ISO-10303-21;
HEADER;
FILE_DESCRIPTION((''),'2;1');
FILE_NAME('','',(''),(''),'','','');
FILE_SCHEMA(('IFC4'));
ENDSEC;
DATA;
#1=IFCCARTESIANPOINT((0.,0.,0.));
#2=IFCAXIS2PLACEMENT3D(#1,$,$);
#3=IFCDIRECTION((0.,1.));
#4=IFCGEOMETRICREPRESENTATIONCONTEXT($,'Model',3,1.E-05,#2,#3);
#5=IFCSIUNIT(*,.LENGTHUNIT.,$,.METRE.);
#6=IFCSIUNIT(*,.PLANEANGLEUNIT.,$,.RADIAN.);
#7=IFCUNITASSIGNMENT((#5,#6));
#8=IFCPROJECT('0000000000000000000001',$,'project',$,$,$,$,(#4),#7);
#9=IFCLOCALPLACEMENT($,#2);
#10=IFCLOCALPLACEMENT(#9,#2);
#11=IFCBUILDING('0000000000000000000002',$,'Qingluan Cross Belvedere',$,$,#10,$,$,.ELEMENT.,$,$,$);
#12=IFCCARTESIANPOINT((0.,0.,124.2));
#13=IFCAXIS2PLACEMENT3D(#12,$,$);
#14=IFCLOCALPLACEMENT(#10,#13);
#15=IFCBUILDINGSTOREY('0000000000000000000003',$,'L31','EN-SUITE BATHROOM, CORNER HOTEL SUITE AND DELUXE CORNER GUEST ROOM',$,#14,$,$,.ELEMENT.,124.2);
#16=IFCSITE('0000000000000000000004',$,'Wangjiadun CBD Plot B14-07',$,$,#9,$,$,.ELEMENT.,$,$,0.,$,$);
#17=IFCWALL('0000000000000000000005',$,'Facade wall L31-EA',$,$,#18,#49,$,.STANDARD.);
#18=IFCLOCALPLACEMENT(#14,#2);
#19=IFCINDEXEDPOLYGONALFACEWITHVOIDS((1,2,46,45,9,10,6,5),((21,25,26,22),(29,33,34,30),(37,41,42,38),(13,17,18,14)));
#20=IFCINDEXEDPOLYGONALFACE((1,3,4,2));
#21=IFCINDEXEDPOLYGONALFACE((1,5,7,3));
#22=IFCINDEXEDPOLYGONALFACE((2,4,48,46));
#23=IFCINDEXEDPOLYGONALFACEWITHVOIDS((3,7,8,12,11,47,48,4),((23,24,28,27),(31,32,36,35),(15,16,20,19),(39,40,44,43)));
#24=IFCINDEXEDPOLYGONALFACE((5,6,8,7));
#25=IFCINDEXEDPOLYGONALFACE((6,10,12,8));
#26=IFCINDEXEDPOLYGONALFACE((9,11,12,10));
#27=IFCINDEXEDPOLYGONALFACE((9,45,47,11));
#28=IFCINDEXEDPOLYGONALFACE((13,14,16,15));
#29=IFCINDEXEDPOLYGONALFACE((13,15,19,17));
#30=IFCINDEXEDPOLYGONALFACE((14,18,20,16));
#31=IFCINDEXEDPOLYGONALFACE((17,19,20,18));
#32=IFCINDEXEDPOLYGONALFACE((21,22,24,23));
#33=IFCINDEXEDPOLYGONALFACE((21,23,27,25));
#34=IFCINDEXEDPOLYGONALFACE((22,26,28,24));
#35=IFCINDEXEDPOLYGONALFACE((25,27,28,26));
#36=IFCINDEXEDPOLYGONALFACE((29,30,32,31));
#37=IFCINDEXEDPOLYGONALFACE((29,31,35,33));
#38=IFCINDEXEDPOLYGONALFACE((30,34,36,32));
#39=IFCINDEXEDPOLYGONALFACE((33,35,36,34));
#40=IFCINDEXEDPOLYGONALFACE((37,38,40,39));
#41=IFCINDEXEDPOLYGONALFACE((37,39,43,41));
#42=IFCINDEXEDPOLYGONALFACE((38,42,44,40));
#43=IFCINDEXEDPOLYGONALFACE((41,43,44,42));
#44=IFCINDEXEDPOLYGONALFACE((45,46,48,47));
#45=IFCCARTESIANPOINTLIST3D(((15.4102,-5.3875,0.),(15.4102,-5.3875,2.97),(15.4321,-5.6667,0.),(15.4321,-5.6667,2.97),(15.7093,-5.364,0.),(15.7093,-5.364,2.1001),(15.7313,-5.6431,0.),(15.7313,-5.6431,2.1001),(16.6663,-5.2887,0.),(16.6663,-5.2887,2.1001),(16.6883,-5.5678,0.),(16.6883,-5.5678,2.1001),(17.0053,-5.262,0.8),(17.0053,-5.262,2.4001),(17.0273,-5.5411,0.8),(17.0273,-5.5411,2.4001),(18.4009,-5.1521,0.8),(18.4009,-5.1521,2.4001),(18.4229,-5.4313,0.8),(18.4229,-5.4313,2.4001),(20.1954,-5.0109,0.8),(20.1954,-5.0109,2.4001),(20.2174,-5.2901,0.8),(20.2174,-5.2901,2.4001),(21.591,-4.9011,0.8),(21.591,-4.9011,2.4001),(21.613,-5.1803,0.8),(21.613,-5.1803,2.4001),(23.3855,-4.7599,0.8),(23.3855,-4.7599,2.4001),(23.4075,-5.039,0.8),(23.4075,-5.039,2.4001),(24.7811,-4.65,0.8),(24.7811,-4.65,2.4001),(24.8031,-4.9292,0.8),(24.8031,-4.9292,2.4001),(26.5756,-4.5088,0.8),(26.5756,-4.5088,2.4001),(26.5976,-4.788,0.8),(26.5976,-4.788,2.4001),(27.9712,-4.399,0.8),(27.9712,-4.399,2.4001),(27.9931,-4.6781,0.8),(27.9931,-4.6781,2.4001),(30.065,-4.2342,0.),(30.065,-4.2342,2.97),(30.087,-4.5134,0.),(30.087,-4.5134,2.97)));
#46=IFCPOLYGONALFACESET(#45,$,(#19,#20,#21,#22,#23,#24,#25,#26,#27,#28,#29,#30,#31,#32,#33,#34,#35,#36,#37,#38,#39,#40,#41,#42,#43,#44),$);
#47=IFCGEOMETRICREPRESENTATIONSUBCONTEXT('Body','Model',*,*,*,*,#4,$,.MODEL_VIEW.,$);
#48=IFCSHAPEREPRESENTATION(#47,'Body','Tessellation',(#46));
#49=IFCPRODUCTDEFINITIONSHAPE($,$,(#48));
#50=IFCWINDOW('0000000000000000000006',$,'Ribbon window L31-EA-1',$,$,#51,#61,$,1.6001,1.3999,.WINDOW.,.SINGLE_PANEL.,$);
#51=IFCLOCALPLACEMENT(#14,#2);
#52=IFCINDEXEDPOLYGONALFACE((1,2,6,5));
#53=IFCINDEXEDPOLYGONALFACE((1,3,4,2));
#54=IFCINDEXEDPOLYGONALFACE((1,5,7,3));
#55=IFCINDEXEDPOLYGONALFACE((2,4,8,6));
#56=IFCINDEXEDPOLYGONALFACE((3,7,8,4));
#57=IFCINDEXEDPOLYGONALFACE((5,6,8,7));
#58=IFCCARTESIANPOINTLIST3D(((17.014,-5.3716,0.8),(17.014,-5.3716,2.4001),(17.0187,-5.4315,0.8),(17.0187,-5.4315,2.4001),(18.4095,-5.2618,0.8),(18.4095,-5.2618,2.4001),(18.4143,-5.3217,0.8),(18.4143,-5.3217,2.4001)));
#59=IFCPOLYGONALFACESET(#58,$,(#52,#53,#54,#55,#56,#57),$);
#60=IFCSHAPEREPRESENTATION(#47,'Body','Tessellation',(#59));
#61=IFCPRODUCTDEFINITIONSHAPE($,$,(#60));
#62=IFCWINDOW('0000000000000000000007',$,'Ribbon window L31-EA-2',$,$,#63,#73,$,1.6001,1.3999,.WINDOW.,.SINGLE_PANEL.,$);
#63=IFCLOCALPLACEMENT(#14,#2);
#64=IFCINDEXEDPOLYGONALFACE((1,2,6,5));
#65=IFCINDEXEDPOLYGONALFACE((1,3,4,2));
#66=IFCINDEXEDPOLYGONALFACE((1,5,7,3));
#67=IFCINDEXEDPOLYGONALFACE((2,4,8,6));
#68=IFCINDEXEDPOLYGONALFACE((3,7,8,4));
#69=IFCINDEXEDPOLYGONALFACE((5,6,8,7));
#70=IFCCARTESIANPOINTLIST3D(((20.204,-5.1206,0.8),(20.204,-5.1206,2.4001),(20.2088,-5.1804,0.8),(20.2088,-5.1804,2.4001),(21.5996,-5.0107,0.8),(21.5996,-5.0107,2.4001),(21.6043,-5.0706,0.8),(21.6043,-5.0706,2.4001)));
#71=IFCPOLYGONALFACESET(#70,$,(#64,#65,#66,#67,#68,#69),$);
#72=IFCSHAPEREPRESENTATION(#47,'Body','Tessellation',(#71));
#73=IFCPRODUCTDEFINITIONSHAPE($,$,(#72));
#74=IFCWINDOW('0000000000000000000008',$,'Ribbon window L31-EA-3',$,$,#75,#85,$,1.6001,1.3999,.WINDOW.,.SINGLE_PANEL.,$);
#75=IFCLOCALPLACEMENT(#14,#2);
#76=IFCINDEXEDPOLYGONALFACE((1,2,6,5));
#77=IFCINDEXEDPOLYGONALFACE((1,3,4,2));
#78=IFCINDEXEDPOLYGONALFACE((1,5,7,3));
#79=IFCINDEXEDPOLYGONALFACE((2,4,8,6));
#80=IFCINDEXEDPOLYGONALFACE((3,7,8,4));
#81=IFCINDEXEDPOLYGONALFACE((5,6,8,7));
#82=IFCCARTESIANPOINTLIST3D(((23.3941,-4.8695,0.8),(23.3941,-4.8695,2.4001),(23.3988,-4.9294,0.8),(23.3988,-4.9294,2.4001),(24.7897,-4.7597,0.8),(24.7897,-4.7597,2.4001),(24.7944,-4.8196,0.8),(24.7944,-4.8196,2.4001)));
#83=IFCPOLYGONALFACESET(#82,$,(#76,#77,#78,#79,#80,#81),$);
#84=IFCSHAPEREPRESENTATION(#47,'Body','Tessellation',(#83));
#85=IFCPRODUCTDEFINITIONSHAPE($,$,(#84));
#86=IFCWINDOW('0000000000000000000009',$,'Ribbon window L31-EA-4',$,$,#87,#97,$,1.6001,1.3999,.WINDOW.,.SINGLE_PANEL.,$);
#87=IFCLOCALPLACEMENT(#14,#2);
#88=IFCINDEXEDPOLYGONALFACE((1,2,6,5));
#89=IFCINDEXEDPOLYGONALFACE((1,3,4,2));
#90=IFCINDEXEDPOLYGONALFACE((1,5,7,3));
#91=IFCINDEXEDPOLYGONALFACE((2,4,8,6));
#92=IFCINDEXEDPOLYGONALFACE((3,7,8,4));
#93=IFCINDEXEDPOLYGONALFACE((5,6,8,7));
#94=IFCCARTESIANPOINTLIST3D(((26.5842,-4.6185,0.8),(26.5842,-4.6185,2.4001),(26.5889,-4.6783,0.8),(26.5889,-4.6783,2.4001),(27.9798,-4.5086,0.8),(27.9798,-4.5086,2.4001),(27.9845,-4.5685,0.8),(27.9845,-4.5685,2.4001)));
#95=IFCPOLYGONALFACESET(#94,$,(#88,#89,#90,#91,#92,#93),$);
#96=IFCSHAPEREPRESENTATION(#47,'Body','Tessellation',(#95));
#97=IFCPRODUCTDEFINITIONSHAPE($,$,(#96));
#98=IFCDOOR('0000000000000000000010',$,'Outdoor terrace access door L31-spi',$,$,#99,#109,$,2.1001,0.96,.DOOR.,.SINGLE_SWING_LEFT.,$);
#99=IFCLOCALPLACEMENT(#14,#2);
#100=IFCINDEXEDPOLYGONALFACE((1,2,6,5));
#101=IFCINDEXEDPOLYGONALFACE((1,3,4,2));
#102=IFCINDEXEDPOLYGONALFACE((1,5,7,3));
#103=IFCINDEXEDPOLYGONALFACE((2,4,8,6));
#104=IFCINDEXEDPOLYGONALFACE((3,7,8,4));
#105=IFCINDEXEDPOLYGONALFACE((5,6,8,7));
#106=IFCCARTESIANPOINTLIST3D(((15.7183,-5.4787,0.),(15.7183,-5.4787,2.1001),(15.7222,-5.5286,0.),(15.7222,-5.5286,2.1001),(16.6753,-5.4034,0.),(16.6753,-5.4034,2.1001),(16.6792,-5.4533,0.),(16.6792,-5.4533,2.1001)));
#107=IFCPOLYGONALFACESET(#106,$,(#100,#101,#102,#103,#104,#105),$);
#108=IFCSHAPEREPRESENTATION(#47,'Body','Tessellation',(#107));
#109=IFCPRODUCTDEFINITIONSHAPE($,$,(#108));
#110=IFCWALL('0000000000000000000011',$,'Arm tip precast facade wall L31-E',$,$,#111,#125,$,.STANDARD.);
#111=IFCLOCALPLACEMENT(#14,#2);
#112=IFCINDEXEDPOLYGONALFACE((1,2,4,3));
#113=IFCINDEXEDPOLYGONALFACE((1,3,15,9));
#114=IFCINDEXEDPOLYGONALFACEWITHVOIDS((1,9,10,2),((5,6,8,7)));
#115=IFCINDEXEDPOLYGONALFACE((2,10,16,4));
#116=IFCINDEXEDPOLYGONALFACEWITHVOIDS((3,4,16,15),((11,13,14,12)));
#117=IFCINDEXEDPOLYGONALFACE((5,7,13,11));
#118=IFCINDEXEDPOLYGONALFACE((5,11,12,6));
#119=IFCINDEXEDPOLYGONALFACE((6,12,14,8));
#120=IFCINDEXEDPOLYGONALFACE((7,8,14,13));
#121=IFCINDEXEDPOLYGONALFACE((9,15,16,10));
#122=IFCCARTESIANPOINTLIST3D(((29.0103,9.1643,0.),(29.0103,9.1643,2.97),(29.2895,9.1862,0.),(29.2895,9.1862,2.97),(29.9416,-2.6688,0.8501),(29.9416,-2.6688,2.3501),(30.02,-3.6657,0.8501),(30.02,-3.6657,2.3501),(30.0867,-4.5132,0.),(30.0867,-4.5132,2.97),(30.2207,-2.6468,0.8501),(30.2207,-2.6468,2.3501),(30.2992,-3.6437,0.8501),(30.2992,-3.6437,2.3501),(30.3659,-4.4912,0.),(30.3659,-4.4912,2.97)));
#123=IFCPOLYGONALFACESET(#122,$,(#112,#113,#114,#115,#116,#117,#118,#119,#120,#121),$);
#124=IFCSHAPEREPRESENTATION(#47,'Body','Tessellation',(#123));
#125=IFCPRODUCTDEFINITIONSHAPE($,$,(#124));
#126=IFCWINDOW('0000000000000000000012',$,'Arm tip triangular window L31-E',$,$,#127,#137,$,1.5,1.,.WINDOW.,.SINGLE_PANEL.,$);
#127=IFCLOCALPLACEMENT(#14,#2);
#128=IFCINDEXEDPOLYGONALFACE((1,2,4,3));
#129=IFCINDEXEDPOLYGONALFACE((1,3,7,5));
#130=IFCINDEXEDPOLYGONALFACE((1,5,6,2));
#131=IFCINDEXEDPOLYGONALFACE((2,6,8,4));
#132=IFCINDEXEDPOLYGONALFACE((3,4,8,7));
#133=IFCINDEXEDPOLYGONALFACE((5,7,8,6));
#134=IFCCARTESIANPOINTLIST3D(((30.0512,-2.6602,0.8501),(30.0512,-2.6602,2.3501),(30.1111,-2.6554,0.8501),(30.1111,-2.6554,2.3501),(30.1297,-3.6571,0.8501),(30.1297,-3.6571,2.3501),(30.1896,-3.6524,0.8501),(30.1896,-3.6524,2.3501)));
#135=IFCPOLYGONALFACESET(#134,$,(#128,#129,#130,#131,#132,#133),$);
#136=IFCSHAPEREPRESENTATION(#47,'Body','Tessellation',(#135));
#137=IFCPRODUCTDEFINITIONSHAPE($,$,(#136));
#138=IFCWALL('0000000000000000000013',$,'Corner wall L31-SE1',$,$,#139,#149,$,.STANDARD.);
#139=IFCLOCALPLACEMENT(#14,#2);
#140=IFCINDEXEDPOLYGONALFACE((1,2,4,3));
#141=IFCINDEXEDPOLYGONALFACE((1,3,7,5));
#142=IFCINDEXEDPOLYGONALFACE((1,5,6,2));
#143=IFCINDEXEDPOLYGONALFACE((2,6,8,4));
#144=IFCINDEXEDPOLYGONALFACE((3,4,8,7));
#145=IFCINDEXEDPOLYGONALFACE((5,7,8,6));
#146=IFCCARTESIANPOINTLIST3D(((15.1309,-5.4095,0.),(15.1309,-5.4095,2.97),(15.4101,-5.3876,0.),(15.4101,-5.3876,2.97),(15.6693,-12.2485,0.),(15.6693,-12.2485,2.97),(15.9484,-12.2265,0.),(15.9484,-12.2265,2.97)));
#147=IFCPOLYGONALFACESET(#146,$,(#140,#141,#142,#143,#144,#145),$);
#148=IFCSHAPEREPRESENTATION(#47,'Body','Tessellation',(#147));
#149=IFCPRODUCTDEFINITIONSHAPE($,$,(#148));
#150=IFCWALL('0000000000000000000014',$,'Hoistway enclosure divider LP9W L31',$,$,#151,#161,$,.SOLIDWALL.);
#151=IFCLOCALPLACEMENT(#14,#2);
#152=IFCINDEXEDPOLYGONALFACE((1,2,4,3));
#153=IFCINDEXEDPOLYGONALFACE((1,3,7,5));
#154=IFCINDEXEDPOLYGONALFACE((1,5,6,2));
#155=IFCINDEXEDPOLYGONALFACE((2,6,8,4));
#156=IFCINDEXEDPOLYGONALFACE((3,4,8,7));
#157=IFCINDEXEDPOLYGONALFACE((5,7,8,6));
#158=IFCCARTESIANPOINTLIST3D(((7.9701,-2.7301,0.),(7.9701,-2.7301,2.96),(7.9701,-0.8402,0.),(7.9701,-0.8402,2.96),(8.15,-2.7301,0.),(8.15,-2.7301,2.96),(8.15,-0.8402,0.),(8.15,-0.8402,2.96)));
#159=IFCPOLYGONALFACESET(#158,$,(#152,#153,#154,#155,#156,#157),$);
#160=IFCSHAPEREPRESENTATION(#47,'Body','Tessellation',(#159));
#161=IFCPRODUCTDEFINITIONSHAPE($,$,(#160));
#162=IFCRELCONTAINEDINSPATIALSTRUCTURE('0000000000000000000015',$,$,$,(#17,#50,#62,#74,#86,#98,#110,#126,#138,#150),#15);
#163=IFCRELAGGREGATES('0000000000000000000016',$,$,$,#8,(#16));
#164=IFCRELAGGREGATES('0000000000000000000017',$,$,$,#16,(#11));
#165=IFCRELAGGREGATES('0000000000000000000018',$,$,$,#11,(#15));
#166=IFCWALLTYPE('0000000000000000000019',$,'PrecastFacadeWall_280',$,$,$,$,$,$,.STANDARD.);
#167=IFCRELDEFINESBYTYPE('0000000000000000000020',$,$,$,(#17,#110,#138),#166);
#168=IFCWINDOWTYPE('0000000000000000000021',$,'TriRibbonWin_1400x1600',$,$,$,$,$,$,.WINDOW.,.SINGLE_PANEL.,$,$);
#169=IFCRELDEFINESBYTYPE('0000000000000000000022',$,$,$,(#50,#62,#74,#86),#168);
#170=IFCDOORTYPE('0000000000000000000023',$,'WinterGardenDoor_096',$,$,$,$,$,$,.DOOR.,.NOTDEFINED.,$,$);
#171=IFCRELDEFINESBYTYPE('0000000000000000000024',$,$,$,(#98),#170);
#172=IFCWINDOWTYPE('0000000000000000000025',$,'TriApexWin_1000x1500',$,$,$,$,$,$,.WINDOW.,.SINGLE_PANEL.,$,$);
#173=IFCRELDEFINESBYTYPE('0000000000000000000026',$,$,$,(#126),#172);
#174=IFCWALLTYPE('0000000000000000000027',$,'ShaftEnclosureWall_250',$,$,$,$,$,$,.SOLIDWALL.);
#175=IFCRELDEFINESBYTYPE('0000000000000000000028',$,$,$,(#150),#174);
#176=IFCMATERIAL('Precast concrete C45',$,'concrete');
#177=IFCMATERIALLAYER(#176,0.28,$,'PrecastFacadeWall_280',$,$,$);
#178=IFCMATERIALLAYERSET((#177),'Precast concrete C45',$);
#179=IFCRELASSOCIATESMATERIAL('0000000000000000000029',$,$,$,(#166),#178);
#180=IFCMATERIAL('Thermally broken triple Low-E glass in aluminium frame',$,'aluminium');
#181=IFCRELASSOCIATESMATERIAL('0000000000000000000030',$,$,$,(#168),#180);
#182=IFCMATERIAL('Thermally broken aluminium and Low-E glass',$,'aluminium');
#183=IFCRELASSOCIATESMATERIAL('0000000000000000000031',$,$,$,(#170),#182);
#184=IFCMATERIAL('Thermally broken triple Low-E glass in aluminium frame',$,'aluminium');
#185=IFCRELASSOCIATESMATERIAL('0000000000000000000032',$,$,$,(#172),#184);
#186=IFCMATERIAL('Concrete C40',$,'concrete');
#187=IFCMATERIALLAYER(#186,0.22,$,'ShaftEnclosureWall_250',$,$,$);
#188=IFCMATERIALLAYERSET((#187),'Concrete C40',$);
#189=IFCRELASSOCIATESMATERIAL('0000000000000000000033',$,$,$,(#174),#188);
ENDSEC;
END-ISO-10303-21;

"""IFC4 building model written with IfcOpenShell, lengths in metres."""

from ifc_helpers import new_model, si_unit, direction, frame, frame_2d, origin, place, context, subcontext, project, spatial, rectangle, extrude, material, layer, layer_set, type_object, element, fill, save


model = new_model("IFC4")

# Units and contexts
model_context = context("Model", 3, precision=1e-05, world=origin(), true_north=direction((0.0, 1.0)))
body_context = subcontext(model_context, "Body", "Model", "MODEL_VIEW")
ifc_project = project(units=[si_unit("LENGTHUNIT", "METRE"), si_unit("PLANEANGLEUNIT", "RADIAN")], contexts=[model_context])

# Site, building, storey
site_placement = place(None, origin())
site = spatial("IfcSite", under=ifc_project, at=site_placement, Name="Wangjiadun CBD Plot B14-07", CompositionType="ELEMENT", RefElevation=0.0)
building_placement = place(site_placement, origin())
building = spatial("IfcBuilding", under=site, at=building_placement, Name="Qingluan Cross Belvedere", CompositionType="ELEMENT")
storey_placement = place(building_placement, frame((0.0, 0.0, 124.2)))
storey = spatial("IfcBuildingStorey", under=building, at=storey_placement, Name="L31", Description="EN-SUITE BATHROOM, CORNER HOTEL SUITE AND DELUXE CORNER GUEST ROOM", CompositionType="ELEMENT", Elevation=124.2)

# Wall, openings, windows, door
ifc_material_1 = material(Name="Precast concrete C45", Category="concrete")
ifc_layer_1 = layer(ifc_material_1, 0.28, Name="PrecastFacadeWall_280")
ifc_layer_set_1 = layer_set([ifc_layer_1], Name="Precast concrete C45")
wall_type_1 = type_object("IfcWallType", Name="PrecastFacadeWall_280", PredefinedType="STANDARD", material=ifc_layer_set_1)
wall_1_placement = place(storey_placement, frame((15.4211, -5.5271, 0.0), z_axis=(0.0, 0.0, 1.0), x_axis=(0.996918, 0.078457, 0.0)))
wall_1 = element("IfcWall", 1, at=wall_1_placement, inside=storey, type_object=wall_type_1, Name="Facade wall L31-EA", PredefinedType="STANDARD", context=body_context, shape_type="SweptSolid", body=[
    extrude(rectangle(XDim=14.7002, YDim=0.28, at=frame_2d((7.3501, 0.0))), origin(), (0.0, 0.0, 1.0), 2.97),
])
opening_1_placement = place(wall_1_placement, frame((1.6001, 0.0, 0.8)))
opening_1 = element("IfcOpeningElement", 2, at=opening_1_placement, cuts=wall_1, PredefinedType="OPENING", context=body_context, shape_type="SweptSolid", body=[
    extrude(rectangle(XDim=1.3999, YDim=1.6001, at=frame_2d((0.7, 0.8))), frame((0.0, 0.1499, 0.0), z_axis=(0.0, -1.0, 0.0), x_axis=(1.0, 0.0, 0.0)), (0.0, 0.0, 1.0), 0.3),
])
opening_2_placement = place(wall_1_placement, frame((4.8, 0.0, 0.8)))
opening_2 = element("IfcOpeningElement", 3, at=opening_2_placement, cuts=wall_1, PredefinedType="OPENING", context=body_context, shape_type="SweptSolid", body=[
    extrude(rectangle(XDim=1.3999, YDim=1.6001, at=frame_2d((0.7, 0.8))), frame((0.0, 0.1499, 0.0), z_axis=(0.0, -1.0, 0.0), x_axis=(1.0, 0.0, 0.0)), (0.0, 0.0, 1.0), 0.3),
])
opening_3_placement = place(wall_1_placement, frame((8.0, 0.0, 0.8)))
opening_3 = element("IfcOpeningElement", 4, at=opening_3_placement, cuts=wall_1, PredefinedType="OPENING", context=body_context, shape_type="SweptSolid", body=[
    extrude(rectangle(XDim=1.3999, YDim=1.6001, at=frame_2d((0.7, 0.8))), frame((0.0, 0.1499, 0.0), z_axis=(0.0, -1.0, 0.0), x_axis=(1.0, 0.0, 0.0)), (0.0, 0.0, 1.0), 0.3),
])
opening_4_placement = place(wall_1_placement, frame((11.2, 0.0, 0.8)))
opening_4 = element("IfcOpeningElement", 5, at=opening_4_placement, cuts=wall_1, PredefinedType="OPENING", context=body_context, shape_type="SweptSolid", body=[
    extrude(rectangle(XDim=1.3999, YDim=1.6001, at=frame_2d((0.7, 0.8))), frame((0.0, 0.1499, 0.0), z_axis=(0.0, -1.0, 0.0), x_axis=(1.0, 0.0, 0.0)), (0.0, 0.0, 1.0), 0.3),
])
opening_5_placement = place(wall_1_placement, frame((0.3, 0.0, 0.0)))
opening_5 = element("IfcOpeningElement", 6, at=opening_5_placement, cuts=wall_1, PredefinedType="OPENING", context=body_context, shape_type="SweptSolid", body=[
    extrude(rectangle(XDim=0.96, YDim=2.1001, at=frame_2d((0.48, 1.05))), frame((0.0, 0.1499, 0.0), z_axis=(0.0, -1.0, 0.0), x_axis=(1.0, 0.0, 0.0)), (0.0, 0.0, 1.0), 0.3),
])
ifc_material_2 = material(Name="Thermally broken triple Low-E glass in aluminium frame", Category="aluminium")
window_type_1 = type_object("IfcWindowType", Name="TriRibbonWin_1400x1600", PartitioningType="SINGLE_PANEL", PredefinedType="WINDOW", material=ifc_material_2)
window_1_placement = place(opening_1_placement, origin())
window_1 = element("IfcWindow", 7, at=window_1_placement, inside=storey, type_object=window_type_1, Name="Ribbon window L31-EA-1", OverallHeight=1.6001, OverallWidth=1.3999, PartitioningType="SINGLE_PANEL", PredefinedType="WINDOW", context=body_context, shape_type="SweptSolid", body=[
    extrude(rectangle(XDim=1.3999, YDim=1.6001, at=frame_2d((0.7, 0.8))), frame((0.0, 0.03, 0.0), z_axis=(0.0, -1.0, 0.0), x_axis=(1.0, 0.0, 0.0)), (0.0, 0.0, 1.0), 0.0601),
])
fill(opening_1, window_1)
window_2_placement = place(opening_2_placement, origin())
window_2 = element("IfcWindow", 8, at=window_2_placement, inside=storey, type_object=window_type_1, Name="Ribbon window L31-EA-2", OverallHeight=1.6001, OverallWidth=1.3999, PartitioningType="SINGLE_PANEL", PredefinedType="WINDOW", context=body_context, shape_type="SweptSolid", body=[
    extrude(rectangle(XDim=1.3999, YDim=1.6001, at=frame_2d((0.7, 0.8))), frame((0.0, 0.03, 0.0), z_axis=(0.0, -1.0, 0.0), x_axis=(1.0, 0.0, 0.0)), (0.0, 0.0, 1.0), 0.0601),
])
fill(opening_2, window_2)
window_3_placement = place(opening_3_placement, origin())
window_3 = element("IfcWindow", 9, at=window_3_placement, inside=storey, type_object=window_type_1, Name="Ribbon window L31-EA-3", OverallHeight=1.6001, OverallWidth=1.3999, PartitioningType="SINGLE_PANEL", PredefinedType="WINDOW", context=body_context, shape_type="SweptSolid", body=[
    extrude(rectangle(XDim=1.3999, YDim=1.6001, at=frame_2d((0.7, 0.8))), frame((0.0, 0.03, 0.0), z_axis=(0.0, -1.0, 0.0), x_axis=(1.0, 0.0, 0.0)), (0.0, 0.0, 1.0), 0.0601),
])
fill(opening_3, window_3)
window_4_placement = place(opening_4_placement, origin())
window_4 = element("IfcWindow", 10, at=window_4_placement, inside=storey, type_object=window_type_1, Name="Ribbon window L31-EA-4", OverallHeight=1.6001, OverallWidth=1.3999, PartitioningType="SINGLE_PANEL", PredefinedType="WINDOW", context=body_context, shape_type="SweptSolid", body=[
    extrude(rectangle(XDim=1.3999, YDim=1.6001, at=frame_2d((0.7, 0.8))), frame((0.0, 0.03, 0.0), z_axis=(0.0, -1.0, 0.0), x_axis=(1.0, 0.0, 0.0)), (0.0, 0.0, 1.0), 0.0601),
])
fill(opening_4, window_4)
ifc_material_3 = material(Name="Thermally broken aluminium and Low-E glass", Category="aluminium")
door_type_1 = type_object("IfcDoorType", Name="WinterGardenDoor_096", OperationType="NOTDEFINED", PredefinedType="DOOR", material=ifc_material_3)
door_1_placement = place(opening_5_placement, origin())
door_1 = element("IfcDoor", 11, at=door_1_placement, inside=storey, type_object=door_type_1, Name="Outdoor terrace access door L31-spi", OperationType="SINGLE_SWING_LEFT", OverallHeight=2.1001, OverallWidth=0.96, PredefinedType="DOOR", context=body_context, shape_type="SweptSolid", body=[
    extrude(rectangle(XDim=0.96, YDim=2.1001, at=frame_2d((0.48, 1.05))), frame((0.0, 0.0249, 0.0), z_axis=(0.0, -1.0, 0.0), x_axis=(1.0, 0.0, 0.0)), (0.0, 0.0, 1.0), 0.05),
])
fill(opening_5, door_1)

# Wall, opening, window
wall_2_placement = place(storey_placement, frame((30.2263, -4.5022, 0.0), z_axis=(0.0, 0.0, 1.0), x_axis=(-0.078457, 0.996917, 0.0)))
wall_2 = element("IfcWall", 12, at=wall_2_placement, inside=storey, type_object=wall_type_1, Name="Arm tip precast facade wall L31-E", PredefinedType="STANDARD", context=body_context, shape_type="SweptSolid", body=[
    extrude(rectangle(XDim=13.7197, YDim=0.28, at=frame_2d((6.8599, 0.0))), origin(), (0.0, 0.0, 1.0), 2.97),
])
opening_6_placement = place(wall_2_placement, frame((0.8501, 0.0, 0.8501)))
opening_6 = element("IfcOpeningElement", 13, at=opening_6_placement, cuts=wall_2, PredefinedType="OPENING", context=body_context, shape_type="SweptSolid", body=[
    extrude(rectangle(XDim=1.0, YDim=1.5, at=frame_2d((0.5, 0.75))), frame((0.0, 0.1499, 0.0), z_axis=(0.0, -1.0, 0.0), x_axis=(1.0, 0.0, 0.0)), (0.0, 0.0, 1.0), 0.3),
])
ifc_material_4 = material(Name="Thermally broken triple Low-E glass in aluminium frame", Category="aluminium")
window_type_2 = type_object("IfcWindowType", Name="TriApexWin_1000x1500", PartitioningType="SINGLE_PANEL", PredefinedType="WINDOW", material=ifc_material_4)
window_5_placement = place(opening_6_placement, origin())
window_5 = element("IfcWindow", 14, at=window_5_placement, inside=storey, type_object=window_type_2, Name="Arm tip triangular window L31-E", OverallHeight=1.5, OverallWidth=1.0, PartitioningType="SINGLE_PANEL", PredefinedType="WINDOW", context=body_context, shape_type="SweptSolid", body=[
    extrude(rectangle(XDim=1.0, YDim=1.5, at=frame_2d((0.5, 0.75))), frame((0.0, 0.03, 0.0), z_axis=(0.0, -1.0, 0.0), x_axis=(1.0, 0.0, 0.0)), (0.0, 0.0, 1.0), 0.0601),
])
fill(opening_6, window_5)

# Walls
wall_3_placement = place(storey_placement, frame((15.2705, -5.3984, 0.0), z_axis=(0.0, 0.0, 1.0), x_axis=(0.078474, -0.996916, 0.0)))
element("IfcWall", 15, at=wall_3_placement, inside=storey, type_object=wall_type_1, Name="Corner wall L31-SE1", PredefinedType="STANDARD", context=body_context, shape_type="SweptSolid", body=[
    extrude(rectangle(XDim=6.8601, YDim=0.28, at=frame_2d((3.4302, 0.0))), origin(), (0.0, 0.0, 1.0), 2.97),
])
ifc_material_5 = material(Name="Concrete C40", Category="concrete")
ifc_layer_2 = layer(ifc_material_5, 0.22, Name="ShaftEnclosureWall_250")
ifc_layer_set_2 = layer_set([ifc_layer_2], Name="Concrete C40")
wall_type_2 = type_object("IfcWallType", Name="ShaftEnclosureWall_250", PredefinedType="SOLIDWALL", material=ifc_layer_set_2)
wall_4_placement = place(storey_placement, frame((8.0601, -2.73, 0.0), z_axis=(0.0, 0.0, 1.0), x_axis=(0.0, 1.0, 0.0)))
element("IfcWall", 16, at=wall_4_placement, inside=storey, type_object=wall_type_2, Name="Hoistway enclosure divider LP9W L31", PredefinedType="SOLIDWALL", context=body_context, shape_type="SweptSolid", body=[
    extrude(rectangle(XDim=1.8899, YDim=0.1799, at=frame_2d((0.9448, 0.0))), origin(), (0.0, 0.0, 1.0), 2.96),
])

save(model, "model.ifc")
